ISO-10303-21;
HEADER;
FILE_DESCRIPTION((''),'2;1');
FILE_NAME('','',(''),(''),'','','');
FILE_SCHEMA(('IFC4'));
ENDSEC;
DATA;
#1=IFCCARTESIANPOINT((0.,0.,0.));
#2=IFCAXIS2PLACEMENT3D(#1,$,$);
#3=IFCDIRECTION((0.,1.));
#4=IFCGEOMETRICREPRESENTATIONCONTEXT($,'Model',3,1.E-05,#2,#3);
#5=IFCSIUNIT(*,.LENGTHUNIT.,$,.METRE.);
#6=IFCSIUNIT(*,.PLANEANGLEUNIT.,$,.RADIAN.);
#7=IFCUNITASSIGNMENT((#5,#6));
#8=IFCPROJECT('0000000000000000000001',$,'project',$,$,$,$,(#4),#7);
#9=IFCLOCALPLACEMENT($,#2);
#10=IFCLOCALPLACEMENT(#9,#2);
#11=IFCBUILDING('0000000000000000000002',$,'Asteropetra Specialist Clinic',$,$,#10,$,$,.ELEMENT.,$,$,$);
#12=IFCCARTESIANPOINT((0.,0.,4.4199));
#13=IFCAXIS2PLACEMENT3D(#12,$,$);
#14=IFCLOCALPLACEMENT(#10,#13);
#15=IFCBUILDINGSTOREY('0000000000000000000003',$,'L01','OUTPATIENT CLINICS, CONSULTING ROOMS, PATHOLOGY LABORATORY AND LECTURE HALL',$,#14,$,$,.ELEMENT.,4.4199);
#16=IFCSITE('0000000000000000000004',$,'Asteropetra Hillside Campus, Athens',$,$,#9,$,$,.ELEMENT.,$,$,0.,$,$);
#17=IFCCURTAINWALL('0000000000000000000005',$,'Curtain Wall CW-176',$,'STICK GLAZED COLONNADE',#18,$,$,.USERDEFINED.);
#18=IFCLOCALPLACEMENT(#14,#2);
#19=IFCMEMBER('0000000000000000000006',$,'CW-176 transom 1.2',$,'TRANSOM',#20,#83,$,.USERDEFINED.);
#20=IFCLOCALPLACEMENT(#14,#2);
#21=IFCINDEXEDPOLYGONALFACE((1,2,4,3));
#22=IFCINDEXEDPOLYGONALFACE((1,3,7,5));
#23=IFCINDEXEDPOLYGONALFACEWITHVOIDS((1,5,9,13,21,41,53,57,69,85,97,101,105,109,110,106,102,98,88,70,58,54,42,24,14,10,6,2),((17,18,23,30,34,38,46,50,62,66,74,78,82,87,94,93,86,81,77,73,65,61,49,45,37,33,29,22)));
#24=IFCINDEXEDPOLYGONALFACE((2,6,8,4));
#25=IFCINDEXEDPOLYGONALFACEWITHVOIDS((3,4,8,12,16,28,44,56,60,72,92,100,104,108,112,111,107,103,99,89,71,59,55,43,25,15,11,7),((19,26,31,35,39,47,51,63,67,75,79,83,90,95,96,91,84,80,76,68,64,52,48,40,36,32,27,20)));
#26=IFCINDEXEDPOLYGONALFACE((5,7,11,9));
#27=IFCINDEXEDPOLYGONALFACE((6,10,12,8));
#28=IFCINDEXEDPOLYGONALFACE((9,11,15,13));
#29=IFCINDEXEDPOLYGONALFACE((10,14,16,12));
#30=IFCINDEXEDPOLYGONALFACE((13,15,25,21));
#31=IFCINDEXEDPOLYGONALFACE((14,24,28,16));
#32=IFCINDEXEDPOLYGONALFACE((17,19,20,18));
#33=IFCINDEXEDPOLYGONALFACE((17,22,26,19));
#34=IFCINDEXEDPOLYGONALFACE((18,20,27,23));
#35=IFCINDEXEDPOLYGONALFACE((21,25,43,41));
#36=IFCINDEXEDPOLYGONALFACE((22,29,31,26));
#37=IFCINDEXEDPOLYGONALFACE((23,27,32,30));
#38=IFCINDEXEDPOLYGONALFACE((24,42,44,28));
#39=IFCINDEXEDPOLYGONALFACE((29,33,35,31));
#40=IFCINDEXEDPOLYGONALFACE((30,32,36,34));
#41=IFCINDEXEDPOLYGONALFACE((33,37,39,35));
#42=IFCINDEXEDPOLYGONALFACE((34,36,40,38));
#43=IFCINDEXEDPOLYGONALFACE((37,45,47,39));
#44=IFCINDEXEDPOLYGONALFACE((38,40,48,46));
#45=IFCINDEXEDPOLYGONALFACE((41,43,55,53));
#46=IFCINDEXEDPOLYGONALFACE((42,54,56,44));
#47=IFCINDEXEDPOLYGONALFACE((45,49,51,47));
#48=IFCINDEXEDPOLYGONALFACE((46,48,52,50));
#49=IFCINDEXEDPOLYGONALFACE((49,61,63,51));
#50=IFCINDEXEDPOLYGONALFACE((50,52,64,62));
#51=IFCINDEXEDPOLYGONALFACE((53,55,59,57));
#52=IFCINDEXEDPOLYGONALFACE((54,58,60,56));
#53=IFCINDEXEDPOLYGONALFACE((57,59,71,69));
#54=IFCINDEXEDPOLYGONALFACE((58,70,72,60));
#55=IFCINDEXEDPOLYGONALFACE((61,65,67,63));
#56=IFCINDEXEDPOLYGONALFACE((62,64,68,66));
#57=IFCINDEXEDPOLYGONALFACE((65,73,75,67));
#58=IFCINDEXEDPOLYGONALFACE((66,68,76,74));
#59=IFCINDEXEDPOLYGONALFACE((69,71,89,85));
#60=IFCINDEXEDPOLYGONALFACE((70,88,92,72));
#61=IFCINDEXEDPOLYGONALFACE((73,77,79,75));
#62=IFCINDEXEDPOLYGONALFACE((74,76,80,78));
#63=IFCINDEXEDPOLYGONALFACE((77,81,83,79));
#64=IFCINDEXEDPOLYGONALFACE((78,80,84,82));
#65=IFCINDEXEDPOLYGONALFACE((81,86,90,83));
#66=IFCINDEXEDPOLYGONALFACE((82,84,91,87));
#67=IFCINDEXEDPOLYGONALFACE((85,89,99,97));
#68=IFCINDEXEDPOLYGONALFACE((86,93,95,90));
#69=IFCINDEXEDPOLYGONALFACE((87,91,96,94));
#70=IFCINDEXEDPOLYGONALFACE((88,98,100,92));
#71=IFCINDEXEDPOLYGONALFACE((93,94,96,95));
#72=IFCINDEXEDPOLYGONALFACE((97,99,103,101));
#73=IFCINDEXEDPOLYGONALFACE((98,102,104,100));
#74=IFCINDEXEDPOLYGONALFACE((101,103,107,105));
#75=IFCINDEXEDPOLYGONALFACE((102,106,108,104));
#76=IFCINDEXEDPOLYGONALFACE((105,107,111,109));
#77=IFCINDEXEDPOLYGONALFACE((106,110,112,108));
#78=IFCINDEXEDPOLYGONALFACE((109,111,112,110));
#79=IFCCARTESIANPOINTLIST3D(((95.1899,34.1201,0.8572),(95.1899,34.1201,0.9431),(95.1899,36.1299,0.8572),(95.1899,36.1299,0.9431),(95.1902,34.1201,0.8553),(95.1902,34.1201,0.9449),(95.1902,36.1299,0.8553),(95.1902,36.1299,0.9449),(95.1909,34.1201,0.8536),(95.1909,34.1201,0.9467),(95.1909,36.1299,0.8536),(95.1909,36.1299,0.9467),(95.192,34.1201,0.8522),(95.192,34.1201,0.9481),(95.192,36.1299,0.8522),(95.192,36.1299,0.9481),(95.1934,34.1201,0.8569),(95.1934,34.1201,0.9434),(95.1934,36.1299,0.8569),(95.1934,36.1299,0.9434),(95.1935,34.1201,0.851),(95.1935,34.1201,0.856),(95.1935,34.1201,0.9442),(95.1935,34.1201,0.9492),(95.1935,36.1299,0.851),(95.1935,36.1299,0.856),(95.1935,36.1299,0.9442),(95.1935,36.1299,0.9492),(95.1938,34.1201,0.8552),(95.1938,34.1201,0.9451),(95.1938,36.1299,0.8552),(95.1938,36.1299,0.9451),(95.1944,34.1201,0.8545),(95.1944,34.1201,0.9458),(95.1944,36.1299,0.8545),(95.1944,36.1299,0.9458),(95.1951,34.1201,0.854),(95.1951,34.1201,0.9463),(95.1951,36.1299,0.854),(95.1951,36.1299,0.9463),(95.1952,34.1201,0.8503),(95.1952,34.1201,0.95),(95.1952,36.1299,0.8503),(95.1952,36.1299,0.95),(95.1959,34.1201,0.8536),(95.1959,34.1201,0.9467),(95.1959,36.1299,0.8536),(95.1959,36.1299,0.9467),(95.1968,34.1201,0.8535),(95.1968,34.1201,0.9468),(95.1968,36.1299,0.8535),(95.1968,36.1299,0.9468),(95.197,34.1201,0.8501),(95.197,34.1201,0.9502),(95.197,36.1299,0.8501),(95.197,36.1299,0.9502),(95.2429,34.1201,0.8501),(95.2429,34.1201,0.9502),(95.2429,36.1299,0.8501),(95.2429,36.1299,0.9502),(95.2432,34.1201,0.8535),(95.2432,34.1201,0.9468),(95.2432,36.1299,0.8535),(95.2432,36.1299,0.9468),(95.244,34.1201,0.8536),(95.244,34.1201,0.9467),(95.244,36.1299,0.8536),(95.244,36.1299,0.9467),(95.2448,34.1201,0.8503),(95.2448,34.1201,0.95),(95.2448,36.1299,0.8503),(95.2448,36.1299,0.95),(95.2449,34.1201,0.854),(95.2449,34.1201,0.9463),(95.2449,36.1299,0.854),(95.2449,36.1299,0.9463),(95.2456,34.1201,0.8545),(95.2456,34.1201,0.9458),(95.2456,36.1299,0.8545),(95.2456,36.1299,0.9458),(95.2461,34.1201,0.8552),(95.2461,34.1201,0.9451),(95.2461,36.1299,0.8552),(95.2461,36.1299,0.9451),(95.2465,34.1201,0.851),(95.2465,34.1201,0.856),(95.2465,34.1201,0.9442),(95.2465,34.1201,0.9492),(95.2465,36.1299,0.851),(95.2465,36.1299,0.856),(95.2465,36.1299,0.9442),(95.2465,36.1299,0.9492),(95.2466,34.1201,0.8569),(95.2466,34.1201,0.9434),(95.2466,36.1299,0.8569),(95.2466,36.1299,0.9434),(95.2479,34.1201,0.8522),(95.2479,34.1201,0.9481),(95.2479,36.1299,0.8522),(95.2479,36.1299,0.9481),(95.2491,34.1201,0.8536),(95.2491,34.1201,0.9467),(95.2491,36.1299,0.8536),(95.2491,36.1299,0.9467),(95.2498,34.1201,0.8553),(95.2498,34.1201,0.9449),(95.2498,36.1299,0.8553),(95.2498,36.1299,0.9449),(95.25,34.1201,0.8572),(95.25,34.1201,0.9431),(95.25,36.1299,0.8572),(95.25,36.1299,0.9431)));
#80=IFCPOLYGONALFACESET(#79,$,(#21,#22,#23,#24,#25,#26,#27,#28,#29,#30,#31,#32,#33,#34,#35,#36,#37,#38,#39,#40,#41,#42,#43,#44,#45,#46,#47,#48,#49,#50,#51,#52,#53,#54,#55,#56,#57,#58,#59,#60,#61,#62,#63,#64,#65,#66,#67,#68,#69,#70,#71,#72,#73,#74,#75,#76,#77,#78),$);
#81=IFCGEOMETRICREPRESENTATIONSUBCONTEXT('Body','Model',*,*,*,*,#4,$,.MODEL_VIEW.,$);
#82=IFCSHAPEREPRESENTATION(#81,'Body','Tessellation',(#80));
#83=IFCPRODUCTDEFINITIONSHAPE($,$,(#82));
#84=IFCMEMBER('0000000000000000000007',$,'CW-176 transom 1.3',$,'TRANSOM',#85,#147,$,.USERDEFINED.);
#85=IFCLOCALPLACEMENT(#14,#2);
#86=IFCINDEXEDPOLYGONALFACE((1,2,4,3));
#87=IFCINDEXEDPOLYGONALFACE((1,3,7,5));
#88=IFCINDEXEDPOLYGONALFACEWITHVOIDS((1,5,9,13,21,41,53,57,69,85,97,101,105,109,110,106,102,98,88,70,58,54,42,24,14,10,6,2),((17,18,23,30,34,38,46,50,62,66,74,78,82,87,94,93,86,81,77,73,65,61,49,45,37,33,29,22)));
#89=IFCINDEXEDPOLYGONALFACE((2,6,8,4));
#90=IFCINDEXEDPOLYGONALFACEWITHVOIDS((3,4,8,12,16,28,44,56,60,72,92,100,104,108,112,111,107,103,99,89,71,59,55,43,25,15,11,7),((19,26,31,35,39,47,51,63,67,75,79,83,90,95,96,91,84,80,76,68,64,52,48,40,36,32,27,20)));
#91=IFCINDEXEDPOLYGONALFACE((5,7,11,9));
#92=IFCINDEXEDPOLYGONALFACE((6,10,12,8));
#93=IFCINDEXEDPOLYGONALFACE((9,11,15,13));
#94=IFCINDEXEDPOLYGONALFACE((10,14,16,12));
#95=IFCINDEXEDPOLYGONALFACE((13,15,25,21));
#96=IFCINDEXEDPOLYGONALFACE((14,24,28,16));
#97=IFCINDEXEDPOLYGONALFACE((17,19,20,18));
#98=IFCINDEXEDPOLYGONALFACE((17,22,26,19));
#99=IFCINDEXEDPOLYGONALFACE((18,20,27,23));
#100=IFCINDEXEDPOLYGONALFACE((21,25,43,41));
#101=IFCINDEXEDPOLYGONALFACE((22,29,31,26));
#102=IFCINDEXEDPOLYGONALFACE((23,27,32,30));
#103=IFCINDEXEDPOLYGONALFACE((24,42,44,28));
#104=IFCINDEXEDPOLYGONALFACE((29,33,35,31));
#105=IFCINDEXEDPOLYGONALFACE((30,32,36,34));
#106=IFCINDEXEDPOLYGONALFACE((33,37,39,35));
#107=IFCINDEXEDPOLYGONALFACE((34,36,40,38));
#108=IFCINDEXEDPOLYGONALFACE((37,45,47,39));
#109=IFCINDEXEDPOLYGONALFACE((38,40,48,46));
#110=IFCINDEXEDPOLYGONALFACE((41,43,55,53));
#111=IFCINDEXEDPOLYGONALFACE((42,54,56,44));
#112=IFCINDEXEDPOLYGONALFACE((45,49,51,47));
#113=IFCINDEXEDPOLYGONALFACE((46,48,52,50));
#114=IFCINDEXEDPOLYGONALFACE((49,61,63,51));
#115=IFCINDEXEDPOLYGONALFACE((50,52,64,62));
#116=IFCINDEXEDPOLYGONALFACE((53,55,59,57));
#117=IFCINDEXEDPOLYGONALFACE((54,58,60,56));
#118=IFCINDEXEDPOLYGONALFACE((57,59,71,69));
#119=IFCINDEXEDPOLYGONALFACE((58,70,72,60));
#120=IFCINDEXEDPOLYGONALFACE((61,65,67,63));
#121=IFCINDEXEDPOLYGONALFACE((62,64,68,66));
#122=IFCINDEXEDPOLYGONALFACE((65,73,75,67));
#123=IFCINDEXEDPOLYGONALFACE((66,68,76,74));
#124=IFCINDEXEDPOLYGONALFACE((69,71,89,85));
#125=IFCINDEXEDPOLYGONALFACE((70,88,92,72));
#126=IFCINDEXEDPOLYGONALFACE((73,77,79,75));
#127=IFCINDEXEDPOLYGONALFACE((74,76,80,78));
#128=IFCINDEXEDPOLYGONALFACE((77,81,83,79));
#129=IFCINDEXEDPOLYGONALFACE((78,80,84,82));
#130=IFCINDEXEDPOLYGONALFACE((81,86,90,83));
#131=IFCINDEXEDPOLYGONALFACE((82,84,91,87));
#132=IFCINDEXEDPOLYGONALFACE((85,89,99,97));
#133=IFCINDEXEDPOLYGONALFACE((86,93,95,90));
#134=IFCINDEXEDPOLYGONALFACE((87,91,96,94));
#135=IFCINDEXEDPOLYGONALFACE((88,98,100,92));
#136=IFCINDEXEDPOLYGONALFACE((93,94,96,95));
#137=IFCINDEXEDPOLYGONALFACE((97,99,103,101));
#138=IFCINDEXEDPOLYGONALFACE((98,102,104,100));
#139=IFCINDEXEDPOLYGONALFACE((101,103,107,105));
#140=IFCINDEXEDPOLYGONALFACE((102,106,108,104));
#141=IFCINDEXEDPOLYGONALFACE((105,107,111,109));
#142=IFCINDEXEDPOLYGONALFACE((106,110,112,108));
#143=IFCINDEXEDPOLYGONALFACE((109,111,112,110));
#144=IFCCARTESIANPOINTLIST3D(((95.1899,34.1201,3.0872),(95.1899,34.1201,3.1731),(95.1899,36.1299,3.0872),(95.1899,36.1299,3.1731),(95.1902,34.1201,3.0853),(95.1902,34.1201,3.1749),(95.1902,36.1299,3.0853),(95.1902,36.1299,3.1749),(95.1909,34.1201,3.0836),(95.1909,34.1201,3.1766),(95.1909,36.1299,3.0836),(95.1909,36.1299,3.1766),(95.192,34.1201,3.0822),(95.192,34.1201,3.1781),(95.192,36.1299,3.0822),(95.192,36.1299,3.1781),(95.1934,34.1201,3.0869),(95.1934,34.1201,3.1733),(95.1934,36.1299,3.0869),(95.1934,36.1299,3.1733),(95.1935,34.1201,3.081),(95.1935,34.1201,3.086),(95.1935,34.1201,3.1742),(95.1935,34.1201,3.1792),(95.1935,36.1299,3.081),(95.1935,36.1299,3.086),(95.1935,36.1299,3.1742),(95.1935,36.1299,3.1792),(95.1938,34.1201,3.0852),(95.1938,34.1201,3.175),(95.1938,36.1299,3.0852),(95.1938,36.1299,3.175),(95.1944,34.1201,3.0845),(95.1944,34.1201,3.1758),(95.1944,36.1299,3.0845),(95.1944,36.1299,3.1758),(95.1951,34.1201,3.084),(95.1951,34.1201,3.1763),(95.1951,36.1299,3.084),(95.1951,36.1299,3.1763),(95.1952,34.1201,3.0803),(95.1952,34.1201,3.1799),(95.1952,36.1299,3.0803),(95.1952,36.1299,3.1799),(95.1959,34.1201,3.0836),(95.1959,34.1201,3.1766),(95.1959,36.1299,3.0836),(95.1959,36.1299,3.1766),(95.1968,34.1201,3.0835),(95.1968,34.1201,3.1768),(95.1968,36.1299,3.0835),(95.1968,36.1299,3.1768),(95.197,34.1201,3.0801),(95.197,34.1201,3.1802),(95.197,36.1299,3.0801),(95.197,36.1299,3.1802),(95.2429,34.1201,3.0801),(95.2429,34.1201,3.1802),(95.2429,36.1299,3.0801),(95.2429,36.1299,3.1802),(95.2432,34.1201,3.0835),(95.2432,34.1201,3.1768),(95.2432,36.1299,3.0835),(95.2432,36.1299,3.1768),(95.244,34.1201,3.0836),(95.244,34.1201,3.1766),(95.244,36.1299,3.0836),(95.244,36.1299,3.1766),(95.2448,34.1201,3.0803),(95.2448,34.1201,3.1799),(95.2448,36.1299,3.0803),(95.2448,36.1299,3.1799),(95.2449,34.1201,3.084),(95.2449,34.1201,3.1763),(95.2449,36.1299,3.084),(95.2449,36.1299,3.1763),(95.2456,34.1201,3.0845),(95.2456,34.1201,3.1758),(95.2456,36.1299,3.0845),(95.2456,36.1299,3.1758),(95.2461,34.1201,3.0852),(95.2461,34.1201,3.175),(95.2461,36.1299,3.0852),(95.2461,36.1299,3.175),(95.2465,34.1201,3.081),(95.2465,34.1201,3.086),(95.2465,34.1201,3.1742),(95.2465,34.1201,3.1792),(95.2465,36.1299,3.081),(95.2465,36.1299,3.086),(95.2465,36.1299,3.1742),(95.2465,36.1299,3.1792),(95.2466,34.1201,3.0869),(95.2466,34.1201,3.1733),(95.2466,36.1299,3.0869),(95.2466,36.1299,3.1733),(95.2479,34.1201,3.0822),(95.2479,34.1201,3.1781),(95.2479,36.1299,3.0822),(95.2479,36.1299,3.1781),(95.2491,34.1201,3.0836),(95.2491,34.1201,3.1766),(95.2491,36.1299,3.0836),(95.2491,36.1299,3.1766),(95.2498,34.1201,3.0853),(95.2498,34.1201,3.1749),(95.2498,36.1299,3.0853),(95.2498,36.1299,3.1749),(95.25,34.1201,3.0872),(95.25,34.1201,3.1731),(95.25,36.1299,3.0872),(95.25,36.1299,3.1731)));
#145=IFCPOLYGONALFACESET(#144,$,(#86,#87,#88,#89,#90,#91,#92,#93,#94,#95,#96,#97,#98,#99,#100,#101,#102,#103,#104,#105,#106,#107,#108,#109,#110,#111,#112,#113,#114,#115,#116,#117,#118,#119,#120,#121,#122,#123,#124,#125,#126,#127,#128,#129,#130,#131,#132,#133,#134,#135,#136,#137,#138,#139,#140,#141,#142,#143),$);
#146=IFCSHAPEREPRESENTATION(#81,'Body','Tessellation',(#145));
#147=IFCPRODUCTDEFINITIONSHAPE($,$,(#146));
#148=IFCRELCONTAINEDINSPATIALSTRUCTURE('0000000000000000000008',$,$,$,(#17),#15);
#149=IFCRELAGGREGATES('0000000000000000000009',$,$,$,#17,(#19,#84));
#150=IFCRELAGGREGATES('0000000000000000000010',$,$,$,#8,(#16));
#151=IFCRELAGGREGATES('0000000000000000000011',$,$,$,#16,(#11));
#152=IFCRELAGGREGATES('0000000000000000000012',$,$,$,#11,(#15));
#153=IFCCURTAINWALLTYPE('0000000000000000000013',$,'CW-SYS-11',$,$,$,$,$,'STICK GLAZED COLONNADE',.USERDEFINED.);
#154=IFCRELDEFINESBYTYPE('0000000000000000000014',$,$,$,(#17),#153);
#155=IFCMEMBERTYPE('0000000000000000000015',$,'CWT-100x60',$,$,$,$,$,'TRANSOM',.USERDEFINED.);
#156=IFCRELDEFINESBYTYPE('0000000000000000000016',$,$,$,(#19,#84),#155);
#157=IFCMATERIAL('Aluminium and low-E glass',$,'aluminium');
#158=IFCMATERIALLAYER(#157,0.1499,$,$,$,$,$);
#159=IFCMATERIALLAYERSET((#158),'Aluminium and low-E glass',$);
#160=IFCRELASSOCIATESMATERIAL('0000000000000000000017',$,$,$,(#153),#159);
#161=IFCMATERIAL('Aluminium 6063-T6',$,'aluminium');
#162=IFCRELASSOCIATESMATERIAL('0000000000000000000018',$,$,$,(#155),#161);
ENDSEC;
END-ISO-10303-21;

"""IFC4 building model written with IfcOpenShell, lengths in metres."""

from ifc_helpers import new_model, si_unit, direction, frame, origin, origin_2d, place, context, subcontext, project, spatial, hollow_rectangle, extrude, material, layer, layer_set, material_profile, profile_set, type_object, element, aggregate, save


model = new_model("IFC4")

# Units and contexts
model_context = context("Model", 3, precision=1e-05, world=origin(), true_north=direction((0.0, 1.0)))
body_context = subcontext(model_context, "Body", "Model", "MODEL_VIEW")
ifc_project = project(units=[si_unit("LENGTHUNIT", "METRE"), si_unit("PLANEANGLEUNIT", "RADIAN")], contexts=[model_context])

# Site, building, storey
site_placement = place(None, origin())
site = spatial("IfcSite", under=ifc_project, at=site_placement, Name="Asteropetra Hillside Campus, Athens", CompositionType="ELEMENT", RefElevation=0.0)
building_placement = place(site_placement, origin())
building = spatial("IfcBuilding", under=site, at=building_placement, Name="Asteropetra Specialist Clinic", CompositionType="ELEMENT")
storey_placement = place(building_placement, frame((0.0, 0.0, 4.4199)))
storey = spatial("IfcBuildingStorey", under=building, at=storey_placement, Name="L01", Description="OUTPATIENT CLINICS, CONSULTING ROOMS, PATHOLOGY LABORATORY AND LECTURE HALL", CompositionType="ELEMENT", Elevation=4.4199)

# Curtain wall
ifc_material_1 = material(Name="Aluminium and low-E glass", Category="aluminium")
ifc_layer_1 = layer(ifc_material_1, 0.1499)
ifc_layer_set_1 = layer_set([ifc_layer_1], Name="Aluminium and low-E glass")
curtain_wall_type = type_object("IfcCurtainWallType", Name="CW-SYS-11", ElementType="STICK GLAZED COLONNADE", PredefinedType="USERDEFINED", material=ifc_layer_set_1)
curtain_wall_1_placement = place(storey_placement, origin())
curtain_wall_1 = element("IfcCurtainWall", 1, at=curtain_wall_1_placement, inside=storey, type_object=curtain_wall_type, Name="Curtain Wall CW-176", ObjectType="STICK GLAZED COLONNADE", PredefinedType="USERDEFINED")

# Members
ifc_material_2 = material(Name="Aluminium 6063-T6", Category="aluminium")
ifc_material_profile_1 = material_profile(ifc_material_2, hollow_rectangle(XDim=0.0601, YDim=0.1001, WallThickness=0.0034, InnerFilletRadius=0.0034, OuterFilletRadius=0.0071, at=origin_2d()), Name="TRN 100x60x3.5")
ifc_profile_set_1 = profile_set([ifc_material_profile_1], Name="Aluminium 6063-T6")
member_type_1 = type_object("IfcMemberType", Name="CWT-100x60", ElementType="TRANSOM", PredefinedType="USERDEFINED", material=ifc_profile_set_1)
member_1_placement = place(storey_placement, frame((95.22, 34.1201, 0.9001), z_axis=(0.0, 1.0, 0.0), x_axis=(-1.0, 0.0, 0.0)))
member_1 = element("IfcMember", 2, at=member_1_placement, type_object=member_type_1, Name="CW-176 transom 1.2", ObjectType="TRANSOM", PredefinedType="USERDEFINED", context=body_context, shape_type="SweptSolid", body=[
    extrude(hollow_rectangle(XDim=0.0601, YDim=0.1001, WallThickness=0.0034, InnerFilletRadius=0.0034, OuterFilletRadius=0.0071, at=origin_2d()), origin(), (0.0, 0.0, 1.0), 2.0098),
])
member_2_placement = place(storey_placement, frame((95.22, 34.1201, 3.1301), z_axis=(0.0, 1.0, 0.0), x_axis=(-1.0, 0.0, 0.0)))
member_2 = element("IfcMember", 3, at=member_2_placement, type_object=member_type_1, Name="CW-176 transom 1.3", ObjectType="TRANSOM", PredefinedType="USERDEFINED", context=body_context, shape_type="SweptSolid", body=[
    extrude(hollow_rectangle(XDim=0.0601, YDim=0.1001, WallThickness=0.0034, InnerFilletRadius=0.0034, OuterFilletRadius=0.0071, at=origin_2d()), origin(), (0.0, 0.0, 1.0), 2.0098),
])
aggregate(curtain_wall_1, [member_1, member_2])

save(model, "model.ifc")
